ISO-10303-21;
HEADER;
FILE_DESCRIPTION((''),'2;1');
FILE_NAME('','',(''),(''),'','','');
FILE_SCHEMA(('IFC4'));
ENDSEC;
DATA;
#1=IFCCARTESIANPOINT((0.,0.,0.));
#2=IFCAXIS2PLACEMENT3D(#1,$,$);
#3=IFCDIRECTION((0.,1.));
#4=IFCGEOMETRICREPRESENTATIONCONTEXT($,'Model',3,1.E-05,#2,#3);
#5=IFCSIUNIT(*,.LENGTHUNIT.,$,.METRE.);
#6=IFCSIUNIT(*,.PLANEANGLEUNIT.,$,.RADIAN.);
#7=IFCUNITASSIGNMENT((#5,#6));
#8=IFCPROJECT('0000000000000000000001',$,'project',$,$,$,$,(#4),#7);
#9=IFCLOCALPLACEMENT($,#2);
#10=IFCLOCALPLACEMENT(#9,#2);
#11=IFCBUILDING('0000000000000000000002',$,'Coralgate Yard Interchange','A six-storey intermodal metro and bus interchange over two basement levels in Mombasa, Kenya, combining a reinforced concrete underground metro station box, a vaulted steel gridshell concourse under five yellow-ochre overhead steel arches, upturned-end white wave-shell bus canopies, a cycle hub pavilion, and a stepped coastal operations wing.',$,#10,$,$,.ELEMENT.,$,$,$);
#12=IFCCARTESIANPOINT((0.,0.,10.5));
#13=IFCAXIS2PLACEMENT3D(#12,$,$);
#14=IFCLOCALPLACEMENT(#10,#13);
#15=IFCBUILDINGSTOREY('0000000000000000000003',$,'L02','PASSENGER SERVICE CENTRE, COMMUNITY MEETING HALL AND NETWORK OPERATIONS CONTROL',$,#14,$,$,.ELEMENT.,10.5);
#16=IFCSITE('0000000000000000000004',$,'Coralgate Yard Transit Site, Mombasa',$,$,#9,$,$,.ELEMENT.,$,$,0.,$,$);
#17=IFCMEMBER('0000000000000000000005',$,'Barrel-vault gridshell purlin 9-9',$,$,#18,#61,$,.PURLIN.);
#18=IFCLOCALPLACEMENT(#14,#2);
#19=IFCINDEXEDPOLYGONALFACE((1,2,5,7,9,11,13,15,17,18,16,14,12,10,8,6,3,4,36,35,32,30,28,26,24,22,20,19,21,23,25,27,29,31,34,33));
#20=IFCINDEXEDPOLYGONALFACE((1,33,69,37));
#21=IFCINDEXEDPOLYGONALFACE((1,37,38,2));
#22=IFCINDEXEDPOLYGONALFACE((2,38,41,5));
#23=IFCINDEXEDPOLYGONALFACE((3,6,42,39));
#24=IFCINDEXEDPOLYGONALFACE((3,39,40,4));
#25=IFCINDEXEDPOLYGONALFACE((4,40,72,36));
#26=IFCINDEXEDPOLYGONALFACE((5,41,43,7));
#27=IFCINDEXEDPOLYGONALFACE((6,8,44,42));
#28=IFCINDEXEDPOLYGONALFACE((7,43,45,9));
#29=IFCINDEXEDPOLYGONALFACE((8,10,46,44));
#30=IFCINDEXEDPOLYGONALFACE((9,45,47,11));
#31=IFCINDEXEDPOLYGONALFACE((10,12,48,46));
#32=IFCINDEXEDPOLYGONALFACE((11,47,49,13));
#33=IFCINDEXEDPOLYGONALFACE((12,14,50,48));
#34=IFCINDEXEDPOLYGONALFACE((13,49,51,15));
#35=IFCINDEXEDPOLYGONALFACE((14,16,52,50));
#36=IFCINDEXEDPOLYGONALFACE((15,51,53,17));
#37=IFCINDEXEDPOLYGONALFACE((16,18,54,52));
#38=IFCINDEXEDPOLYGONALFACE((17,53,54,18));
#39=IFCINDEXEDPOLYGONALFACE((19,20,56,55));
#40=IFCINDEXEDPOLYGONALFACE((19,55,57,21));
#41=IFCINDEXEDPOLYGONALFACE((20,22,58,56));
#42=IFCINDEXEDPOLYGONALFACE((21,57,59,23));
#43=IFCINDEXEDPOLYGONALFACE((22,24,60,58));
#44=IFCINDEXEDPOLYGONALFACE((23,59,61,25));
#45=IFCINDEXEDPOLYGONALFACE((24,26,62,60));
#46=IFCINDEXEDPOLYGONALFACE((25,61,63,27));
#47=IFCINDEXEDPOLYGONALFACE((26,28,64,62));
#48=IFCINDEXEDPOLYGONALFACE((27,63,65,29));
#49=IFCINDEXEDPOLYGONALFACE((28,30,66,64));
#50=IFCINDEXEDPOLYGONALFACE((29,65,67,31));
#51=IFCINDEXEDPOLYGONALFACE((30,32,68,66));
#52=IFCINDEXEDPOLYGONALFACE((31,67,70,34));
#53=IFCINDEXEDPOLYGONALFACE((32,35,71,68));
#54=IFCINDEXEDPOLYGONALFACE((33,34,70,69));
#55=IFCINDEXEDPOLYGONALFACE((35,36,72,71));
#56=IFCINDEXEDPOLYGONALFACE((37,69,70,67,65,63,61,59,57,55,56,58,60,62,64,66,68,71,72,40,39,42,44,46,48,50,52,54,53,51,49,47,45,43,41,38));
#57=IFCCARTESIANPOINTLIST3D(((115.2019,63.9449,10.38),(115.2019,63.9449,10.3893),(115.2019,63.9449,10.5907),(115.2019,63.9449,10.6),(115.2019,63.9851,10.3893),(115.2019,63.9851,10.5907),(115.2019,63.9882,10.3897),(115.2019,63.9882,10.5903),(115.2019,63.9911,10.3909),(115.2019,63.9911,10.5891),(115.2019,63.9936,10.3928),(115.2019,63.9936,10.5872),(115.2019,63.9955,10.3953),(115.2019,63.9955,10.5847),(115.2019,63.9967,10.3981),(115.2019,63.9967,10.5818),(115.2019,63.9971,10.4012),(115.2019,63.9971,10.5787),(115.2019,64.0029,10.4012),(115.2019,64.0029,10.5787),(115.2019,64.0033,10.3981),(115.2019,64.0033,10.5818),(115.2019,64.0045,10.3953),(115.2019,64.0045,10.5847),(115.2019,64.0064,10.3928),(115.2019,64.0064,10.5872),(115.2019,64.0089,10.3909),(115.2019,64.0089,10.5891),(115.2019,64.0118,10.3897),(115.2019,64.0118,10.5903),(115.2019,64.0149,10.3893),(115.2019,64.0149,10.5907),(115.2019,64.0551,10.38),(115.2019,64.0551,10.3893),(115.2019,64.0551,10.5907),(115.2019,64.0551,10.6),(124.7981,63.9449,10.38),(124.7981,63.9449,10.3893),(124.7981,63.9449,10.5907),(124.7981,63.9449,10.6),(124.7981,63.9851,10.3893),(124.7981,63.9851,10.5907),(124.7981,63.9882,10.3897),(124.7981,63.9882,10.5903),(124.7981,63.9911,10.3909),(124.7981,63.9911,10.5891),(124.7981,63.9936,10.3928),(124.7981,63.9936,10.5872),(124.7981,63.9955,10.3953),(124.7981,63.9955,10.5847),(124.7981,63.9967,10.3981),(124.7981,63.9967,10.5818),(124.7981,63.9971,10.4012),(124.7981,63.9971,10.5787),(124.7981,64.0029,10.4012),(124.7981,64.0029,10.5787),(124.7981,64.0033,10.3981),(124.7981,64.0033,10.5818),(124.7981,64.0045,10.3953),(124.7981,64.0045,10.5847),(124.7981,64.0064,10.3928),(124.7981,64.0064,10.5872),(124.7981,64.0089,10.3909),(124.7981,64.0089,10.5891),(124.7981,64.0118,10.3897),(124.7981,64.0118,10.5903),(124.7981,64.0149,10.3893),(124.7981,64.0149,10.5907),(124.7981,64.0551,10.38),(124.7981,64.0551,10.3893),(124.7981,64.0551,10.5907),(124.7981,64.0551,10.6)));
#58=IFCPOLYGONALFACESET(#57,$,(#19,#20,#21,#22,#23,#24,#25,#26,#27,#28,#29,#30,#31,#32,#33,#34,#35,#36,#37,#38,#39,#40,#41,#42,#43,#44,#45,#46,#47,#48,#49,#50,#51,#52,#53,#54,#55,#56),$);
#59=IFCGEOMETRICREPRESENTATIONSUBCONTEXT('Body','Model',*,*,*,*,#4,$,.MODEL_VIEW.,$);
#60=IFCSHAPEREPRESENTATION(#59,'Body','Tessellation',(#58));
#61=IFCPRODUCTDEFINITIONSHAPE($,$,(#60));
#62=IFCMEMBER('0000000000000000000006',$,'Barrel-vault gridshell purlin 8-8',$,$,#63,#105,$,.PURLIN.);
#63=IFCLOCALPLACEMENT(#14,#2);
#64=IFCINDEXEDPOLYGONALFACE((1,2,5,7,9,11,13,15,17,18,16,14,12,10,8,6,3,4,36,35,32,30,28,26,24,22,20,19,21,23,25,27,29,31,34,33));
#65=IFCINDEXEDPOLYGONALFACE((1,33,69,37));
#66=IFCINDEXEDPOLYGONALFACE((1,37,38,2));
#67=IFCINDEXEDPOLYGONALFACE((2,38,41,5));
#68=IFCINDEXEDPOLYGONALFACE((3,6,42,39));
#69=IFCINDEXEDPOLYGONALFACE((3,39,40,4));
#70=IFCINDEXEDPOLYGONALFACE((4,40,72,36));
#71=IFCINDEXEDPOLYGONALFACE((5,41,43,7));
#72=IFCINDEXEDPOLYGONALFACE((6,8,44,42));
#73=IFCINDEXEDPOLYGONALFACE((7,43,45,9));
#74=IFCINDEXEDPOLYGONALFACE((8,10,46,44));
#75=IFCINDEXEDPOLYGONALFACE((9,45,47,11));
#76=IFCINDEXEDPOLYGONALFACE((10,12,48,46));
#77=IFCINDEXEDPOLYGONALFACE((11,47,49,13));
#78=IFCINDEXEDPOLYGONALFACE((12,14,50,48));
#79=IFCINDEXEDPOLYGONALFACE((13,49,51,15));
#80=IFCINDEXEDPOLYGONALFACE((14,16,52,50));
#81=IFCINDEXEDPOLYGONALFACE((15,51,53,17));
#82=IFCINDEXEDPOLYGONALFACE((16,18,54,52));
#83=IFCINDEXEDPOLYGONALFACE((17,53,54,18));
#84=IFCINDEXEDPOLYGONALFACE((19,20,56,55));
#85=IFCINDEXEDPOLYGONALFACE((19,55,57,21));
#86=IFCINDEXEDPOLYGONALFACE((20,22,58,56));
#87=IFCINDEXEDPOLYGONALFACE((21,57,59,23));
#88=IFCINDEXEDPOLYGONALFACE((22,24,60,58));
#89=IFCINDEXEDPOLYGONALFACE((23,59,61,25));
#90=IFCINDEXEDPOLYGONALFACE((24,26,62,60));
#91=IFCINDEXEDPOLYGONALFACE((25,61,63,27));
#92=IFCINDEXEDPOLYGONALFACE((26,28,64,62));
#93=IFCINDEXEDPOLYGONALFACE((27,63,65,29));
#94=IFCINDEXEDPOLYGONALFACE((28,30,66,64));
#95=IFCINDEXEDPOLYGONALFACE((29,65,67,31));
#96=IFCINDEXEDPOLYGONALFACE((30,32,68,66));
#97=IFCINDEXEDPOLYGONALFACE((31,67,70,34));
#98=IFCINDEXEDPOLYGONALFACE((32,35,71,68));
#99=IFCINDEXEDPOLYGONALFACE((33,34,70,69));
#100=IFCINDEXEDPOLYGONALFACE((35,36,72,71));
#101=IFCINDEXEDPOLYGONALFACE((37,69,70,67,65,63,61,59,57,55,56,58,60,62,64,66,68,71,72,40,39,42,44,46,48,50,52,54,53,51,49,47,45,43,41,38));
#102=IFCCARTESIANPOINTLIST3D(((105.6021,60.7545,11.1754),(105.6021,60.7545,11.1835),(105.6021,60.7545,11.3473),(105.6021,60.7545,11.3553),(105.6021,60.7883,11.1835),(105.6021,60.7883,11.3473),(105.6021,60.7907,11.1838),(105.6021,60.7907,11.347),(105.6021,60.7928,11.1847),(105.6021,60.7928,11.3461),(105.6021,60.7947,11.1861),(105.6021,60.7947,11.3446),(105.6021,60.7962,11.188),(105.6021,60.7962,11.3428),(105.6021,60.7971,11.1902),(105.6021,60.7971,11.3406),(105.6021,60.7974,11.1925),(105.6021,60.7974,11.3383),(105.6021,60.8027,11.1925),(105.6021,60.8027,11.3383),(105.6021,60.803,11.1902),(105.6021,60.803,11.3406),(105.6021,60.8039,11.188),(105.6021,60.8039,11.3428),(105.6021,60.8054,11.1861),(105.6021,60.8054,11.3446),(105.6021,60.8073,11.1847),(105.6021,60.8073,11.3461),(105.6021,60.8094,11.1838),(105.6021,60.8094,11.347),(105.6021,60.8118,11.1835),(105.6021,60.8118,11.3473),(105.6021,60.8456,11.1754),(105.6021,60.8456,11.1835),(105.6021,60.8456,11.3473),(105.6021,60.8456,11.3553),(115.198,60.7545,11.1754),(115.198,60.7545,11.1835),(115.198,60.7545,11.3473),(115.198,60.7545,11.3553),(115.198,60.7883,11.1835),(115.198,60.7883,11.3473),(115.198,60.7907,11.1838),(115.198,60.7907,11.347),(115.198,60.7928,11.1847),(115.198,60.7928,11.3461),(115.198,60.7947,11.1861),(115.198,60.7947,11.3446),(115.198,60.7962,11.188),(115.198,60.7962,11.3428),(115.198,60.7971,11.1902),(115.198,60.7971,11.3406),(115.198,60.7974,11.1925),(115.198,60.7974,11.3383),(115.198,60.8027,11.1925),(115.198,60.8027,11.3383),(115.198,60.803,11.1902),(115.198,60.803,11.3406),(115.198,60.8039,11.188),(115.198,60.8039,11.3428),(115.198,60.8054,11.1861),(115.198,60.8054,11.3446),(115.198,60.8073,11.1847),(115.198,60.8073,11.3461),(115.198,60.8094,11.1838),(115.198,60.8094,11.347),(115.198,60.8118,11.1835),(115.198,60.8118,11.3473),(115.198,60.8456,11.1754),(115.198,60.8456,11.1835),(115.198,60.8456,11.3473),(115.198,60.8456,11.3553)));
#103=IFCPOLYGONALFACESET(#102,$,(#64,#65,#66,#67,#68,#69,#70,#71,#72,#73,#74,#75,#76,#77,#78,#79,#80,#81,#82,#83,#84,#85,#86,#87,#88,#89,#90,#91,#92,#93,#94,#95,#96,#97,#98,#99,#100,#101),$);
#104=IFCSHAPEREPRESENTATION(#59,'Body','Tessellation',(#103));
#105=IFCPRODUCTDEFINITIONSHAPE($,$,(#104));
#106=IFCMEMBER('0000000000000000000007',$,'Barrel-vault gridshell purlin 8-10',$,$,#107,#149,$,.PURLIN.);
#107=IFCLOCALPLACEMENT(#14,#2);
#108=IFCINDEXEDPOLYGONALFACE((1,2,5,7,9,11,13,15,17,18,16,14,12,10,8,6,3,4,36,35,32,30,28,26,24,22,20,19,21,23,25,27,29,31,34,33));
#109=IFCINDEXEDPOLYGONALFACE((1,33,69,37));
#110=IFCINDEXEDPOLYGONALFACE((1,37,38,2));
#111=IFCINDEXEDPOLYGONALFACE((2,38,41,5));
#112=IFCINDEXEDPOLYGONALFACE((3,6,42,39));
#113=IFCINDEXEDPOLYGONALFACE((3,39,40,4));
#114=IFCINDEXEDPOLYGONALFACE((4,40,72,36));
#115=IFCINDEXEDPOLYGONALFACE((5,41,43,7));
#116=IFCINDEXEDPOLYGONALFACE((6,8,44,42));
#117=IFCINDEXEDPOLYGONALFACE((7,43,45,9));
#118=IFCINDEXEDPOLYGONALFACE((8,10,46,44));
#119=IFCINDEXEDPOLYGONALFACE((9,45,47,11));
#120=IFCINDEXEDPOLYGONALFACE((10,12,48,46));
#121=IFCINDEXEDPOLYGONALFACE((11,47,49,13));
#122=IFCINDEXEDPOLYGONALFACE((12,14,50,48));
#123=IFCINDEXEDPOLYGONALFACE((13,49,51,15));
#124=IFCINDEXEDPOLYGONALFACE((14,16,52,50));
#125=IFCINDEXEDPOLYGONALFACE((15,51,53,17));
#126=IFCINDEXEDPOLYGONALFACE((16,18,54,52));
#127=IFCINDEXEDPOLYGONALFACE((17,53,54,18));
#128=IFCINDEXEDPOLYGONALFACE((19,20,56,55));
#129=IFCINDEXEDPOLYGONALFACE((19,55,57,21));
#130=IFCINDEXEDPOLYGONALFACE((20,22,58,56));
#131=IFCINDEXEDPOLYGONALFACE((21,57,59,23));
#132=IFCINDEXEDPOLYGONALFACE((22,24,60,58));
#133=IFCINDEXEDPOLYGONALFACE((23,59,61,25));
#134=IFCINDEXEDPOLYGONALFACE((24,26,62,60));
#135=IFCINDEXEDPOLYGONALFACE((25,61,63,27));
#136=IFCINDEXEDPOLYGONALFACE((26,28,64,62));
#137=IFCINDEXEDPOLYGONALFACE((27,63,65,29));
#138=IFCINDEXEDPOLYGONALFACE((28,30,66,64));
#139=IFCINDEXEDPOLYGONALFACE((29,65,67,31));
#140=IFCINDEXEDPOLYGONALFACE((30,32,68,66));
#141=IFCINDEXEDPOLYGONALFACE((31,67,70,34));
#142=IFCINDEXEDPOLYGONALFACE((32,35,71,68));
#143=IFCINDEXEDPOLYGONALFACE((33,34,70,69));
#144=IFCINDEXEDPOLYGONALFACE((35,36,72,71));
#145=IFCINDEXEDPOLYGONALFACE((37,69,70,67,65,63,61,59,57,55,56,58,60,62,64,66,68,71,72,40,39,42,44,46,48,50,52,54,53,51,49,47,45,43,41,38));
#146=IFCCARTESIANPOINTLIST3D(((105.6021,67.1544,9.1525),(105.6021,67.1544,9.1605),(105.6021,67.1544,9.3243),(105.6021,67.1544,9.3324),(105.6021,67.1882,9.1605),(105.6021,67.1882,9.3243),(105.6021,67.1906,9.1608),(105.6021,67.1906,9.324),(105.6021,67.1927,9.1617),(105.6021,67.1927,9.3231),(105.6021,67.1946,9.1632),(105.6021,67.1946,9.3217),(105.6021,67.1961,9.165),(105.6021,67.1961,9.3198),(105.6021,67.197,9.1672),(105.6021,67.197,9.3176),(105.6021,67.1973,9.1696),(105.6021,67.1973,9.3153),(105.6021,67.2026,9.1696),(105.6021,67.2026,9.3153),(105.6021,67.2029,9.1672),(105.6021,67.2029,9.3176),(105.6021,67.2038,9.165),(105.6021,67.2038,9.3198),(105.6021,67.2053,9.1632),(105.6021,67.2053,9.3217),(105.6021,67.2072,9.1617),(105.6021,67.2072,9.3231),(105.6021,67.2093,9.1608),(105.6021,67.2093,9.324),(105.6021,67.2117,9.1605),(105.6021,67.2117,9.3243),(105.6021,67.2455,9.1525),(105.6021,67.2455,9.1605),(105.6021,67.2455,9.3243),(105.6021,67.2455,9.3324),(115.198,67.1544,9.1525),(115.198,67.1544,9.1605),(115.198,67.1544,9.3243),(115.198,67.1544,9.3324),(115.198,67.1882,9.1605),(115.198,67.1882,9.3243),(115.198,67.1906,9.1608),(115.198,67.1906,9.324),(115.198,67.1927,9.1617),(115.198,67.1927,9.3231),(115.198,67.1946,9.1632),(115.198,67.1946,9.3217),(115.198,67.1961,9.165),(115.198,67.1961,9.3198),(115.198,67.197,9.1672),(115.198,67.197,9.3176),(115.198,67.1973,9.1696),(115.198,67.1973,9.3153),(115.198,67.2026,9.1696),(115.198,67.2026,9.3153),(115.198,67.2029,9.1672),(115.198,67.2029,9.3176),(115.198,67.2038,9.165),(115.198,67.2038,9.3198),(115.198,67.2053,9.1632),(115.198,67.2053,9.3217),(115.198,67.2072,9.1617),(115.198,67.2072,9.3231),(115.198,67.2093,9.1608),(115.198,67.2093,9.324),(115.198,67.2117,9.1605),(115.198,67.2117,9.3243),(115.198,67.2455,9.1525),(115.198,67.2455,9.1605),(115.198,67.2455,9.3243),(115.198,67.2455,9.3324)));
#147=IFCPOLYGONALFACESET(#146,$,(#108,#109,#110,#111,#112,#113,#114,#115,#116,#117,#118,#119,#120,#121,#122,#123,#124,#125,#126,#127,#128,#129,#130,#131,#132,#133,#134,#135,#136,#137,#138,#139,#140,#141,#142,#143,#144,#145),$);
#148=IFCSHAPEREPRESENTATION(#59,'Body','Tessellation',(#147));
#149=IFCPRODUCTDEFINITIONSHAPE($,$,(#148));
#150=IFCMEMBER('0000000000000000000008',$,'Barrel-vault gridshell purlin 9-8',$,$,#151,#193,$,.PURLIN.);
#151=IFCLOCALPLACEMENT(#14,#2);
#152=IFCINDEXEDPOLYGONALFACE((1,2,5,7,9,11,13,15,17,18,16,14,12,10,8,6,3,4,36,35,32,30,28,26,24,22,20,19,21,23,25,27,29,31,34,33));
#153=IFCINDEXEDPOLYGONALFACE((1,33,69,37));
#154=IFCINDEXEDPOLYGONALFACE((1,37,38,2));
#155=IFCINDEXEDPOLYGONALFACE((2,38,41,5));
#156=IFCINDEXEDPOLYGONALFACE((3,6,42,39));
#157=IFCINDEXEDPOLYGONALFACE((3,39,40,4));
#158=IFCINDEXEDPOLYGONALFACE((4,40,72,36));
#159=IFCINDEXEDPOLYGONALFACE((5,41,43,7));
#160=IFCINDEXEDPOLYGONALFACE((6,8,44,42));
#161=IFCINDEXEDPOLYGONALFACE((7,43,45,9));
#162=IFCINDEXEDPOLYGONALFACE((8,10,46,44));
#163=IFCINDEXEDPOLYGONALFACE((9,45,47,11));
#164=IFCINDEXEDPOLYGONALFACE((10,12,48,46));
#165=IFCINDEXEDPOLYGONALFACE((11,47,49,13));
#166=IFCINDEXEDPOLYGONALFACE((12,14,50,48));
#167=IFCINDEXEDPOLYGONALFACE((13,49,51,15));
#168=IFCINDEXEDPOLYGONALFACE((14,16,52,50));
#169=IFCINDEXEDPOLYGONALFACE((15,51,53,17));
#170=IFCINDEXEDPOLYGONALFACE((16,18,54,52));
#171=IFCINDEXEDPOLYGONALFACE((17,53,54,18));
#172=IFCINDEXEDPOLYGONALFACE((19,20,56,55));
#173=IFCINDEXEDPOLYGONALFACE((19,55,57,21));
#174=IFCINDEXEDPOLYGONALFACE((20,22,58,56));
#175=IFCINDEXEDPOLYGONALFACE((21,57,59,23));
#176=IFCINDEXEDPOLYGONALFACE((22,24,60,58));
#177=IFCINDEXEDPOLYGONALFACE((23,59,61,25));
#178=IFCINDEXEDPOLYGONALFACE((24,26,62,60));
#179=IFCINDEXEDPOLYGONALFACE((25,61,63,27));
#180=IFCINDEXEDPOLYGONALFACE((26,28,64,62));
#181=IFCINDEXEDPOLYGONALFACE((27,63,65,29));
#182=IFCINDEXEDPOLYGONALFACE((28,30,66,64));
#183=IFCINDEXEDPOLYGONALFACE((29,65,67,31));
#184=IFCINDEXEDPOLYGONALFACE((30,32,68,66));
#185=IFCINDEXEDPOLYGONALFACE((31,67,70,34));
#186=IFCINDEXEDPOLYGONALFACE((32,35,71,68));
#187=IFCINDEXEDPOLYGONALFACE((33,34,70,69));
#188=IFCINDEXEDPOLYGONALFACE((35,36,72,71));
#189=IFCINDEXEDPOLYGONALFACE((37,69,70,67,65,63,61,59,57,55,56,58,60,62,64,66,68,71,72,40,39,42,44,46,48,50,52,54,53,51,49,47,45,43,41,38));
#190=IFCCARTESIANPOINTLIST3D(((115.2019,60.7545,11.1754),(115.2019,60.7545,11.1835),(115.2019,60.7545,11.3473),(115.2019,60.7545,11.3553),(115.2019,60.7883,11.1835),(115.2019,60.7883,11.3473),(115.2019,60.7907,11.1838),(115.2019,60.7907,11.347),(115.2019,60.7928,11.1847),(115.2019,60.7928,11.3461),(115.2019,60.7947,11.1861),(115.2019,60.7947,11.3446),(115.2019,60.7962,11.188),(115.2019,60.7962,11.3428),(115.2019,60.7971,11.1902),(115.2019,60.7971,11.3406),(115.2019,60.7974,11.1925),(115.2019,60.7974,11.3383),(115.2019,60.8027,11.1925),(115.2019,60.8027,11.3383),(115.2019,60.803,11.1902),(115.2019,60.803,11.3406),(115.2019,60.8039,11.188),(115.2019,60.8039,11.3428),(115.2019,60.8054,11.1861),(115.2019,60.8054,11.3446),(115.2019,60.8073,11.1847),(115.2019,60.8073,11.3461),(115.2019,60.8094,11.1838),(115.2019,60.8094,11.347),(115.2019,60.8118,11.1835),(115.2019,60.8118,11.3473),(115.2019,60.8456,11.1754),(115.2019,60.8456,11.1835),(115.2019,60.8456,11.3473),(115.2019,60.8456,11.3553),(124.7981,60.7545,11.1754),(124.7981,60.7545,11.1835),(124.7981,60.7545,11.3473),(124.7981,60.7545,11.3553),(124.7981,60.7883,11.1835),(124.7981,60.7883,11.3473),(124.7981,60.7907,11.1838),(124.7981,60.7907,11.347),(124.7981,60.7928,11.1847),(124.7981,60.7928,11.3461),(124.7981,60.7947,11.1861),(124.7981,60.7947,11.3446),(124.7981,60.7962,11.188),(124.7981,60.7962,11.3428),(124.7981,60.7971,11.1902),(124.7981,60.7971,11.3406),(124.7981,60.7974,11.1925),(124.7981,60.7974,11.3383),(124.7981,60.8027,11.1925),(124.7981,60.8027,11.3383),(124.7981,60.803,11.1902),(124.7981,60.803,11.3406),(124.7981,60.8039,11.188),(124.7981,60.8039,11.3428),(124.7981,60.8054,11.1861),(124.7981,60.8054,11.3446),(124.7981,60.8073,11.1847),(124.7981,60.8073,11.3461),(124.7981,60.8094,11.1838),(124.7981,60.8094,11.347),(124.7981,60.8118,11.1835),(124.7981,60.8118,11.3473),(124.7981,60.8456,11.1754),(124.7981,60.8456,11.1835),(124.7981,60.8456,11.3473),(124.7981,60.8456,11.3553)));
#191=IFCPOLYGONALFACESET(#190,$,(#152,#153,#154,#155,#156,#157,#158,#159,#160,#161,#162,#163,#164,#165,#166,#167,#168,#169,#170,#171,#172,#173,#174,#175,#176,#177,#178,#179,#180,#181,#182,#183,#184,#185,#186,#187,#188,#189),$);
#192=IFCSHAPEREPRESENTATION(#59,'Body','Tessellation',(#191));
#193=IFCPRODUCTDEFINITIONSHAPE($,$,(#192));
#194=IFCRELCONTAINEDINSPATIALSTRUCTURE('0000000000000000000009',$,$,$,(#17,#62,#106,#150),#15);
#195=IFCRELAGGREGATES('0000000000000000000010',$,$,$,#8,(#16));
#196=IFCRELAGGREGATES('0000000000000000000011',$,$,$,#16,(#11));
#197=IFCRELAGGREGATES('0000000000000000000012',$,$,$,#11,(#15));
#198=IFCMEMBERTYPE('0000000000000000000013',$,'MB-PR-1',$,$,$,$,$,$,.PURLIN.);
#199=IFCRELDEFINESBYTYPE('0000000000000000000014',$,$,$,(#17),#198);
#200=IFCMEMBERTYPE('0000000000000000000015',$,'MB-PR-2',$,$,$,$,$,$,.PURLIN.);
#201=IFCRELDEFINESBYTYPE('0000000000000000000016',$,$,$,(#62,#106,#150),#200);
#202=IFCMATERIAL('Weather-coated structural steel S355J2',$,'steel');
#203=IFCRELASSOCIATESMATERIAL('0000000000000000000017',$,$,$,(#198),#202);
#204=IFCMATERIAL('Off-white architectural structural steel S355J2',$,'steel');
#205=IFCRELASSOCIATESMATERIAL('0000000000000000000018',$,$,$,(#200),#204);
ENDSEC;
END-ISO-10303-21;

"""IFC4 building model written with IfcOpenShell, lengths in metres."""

from ifc_helpers import new_model, si_unit, direction, frame, origin, origin_2d, place, context, subcontext, project, spatial, i_section, extrude, material, material_profile, profile_set, type_object, element, save


model = new_model("IFC4")

# Units and contexts
model_context = context("Model", 3, precision=1e-05, world=origin(), true_north=direction((0.0, 1.0)))
body_context = subcontext(model_context, "Body", "Model", "MODEL_VIEW")
ifc_project = project(units=[si_unit("LENGTHUNIT", "METRE"), si_unit("PLANEANGLEUNIT", "RADIAN")], contexts=[model_context])

# Site, building, storey
site_placement = place(None, origin())
site = spatial("IfcSite", under=ifc_project, at=site_placement, Name="Coralgate Yard Transit Site, Mombasa", CompositionType="ELEMENT", RefElevation=0.0)
building_placement = place(site_placement, origin())
building = spatial("IfcBuilding", under=site, at=building_placement, Name="Coralgate Yard Interchange", Description="A six-storey intermodal metro and bus interchange over two basement levels in Mombasa, Kenya, combining a reinforced concrete underground metro station box, a vaulted steel gridshell concourse under five yellow-ochre overhead steel arches, upturned-end white wave-shell bus canopies, a cycle hub pavilion, and a stepped coastal operations wing.", CompositionType="ELEMENT")
storey_placement = place(building_placement, frame((0.0, 0.0, 10.5)))
storey = spatial("IfcBuildingStorey", under=building, at=storey_placement, Name="L02", Description="PASSENGER SERVICE CENTRE, COMMUNITY MEETING HALL AND NETWORK OPERATIONS CONTROL", CompositionType="ELEMENT", Elevation=10.5)

# Shared definitions
ifc_material_1 = material(Name="Weather-coated structural steel S355J2", Category="steel")

# Members
ifc_material_profile_1 = material_profile(ifc_material_1, i_section(OverallWidth=0.1101, OverallDepth=0.22, WebThickness=0.0059, FlangeThickness=0.0093, FilletRadius=0.012, at=origin_2d()), Name="IPE 220")
ifc_profile_set_1 = profile_set([ifc_material_profile_1], Name="Weather-coated structural steel S355J2")
member_type_1 = type_object("IfcMemberType", Name="MB-PR-1", PredefinedType="PURLIN", material=ifc_profile_set_1)
for number, where, z_axis, x_axis, name in (
    (1, (115.2019, 64.0, 10.49), (1.0, 0.0, 0.0), (0.0, 1.0, 0.0), "Barrel-vault gridshell purlin 9-9"),
):
    element("IfcMember", number, at=place(storey_placement, frame(where, z_axis=z_axis, x_axis=x_axis)), inside=storey, type_object=member_type_1, Name=name, PredefinedType="PURLIN", context=body_context, shape_type="SweptSolid", body=[
        extrude(i_section(OverallWidth=0.1101, OverallDepth=0.22, WebThickness=0.0059, FlangeThickness=0.0093, FilletRadius=0.012, at=origin_2d()), origin(), (0.0, 0.0, 1.0), 9.5962),
    ])
ifc_material_2 = material(Name="Off-white architectural structural steel S355J2", Category="steel")
ifc_material_profile_2 = material_profile(ifc_material_2, i_section(OverallWidth=0.0911, OverallDepth=0.1799, WebThickness=0.0054, FlangeThickness=0.0081, FilletRadius=0.009, at=origin_2d()), Name="IPE 180")
ifc_profile_set_2 = profile_set([ifc_material_profile_2], Name="Off-white architectural structural steel S355J2")
member_type_2 = type_object("IfcMemberType", Name="MB-PR-2", PredefinedType="PURLIN", material=ifc_profile_set_2)
for number, where, z_axis, x_axis, name in (
    (2, (105.6021, 60.8, 11.2654), (1.0, 0.0, 0.0), (0.0, 1.0, 0.0), "Barrel-vault gridshell purlin 8-8"),
    (3, (105.6021, 67.2, 9.2424), (1.0, 0.0, 0.0), (0.0, 1.0, 0.0), "Barrel-vault gridshell purlin 8-10"),
):
    element("IfcMember", number, at=place(storey_placement, frame(where, z_axis=z_axis, x_axis=x_axis)), inside=storey, type_object=member_type_2, Name=name, PredefinedType="PURLIN", context=body_context, shape_type="SweptSolid", body=[
        extrude(i_section(OverallWidth=0.0911, OverallDepth=0.1799, WebThickness=0.0054, FlangeThickness=0.0081, FilletRadius=0.009, at=origin_2d()), origin(), (0.0, 0.0, 1.0), 9.5959),
    ])
for number, where, z_axis, x_axis, name in (
    (4, (115.2019, 60.8, 11.2654), (1.0, 0.0, 0.0), (0.0, 1.0, 0.0), "Barrel-vault gridshell purlin 9-8"),
):
    element("IfcMember", number, at=place(storey_placement, frame(where, z_axis=z_axis, x_axis=x_axis)), inside=storey, type_object=member_type_2, Name=name, PredefinedType="PURLIN", context=body_context, shape_type="SweptSolid", body=[
        extrude(i_section(OverallWidth=0.0911, OverallDepth=0.1799, WebThickness=0.0054, FlangeThickness=0.0081, FilletRadius=0.009, at=origin_2d()), origin(), (0.0, 0.0, 1.0), 9.5962),
    ])

save(model, "model.ifc")
